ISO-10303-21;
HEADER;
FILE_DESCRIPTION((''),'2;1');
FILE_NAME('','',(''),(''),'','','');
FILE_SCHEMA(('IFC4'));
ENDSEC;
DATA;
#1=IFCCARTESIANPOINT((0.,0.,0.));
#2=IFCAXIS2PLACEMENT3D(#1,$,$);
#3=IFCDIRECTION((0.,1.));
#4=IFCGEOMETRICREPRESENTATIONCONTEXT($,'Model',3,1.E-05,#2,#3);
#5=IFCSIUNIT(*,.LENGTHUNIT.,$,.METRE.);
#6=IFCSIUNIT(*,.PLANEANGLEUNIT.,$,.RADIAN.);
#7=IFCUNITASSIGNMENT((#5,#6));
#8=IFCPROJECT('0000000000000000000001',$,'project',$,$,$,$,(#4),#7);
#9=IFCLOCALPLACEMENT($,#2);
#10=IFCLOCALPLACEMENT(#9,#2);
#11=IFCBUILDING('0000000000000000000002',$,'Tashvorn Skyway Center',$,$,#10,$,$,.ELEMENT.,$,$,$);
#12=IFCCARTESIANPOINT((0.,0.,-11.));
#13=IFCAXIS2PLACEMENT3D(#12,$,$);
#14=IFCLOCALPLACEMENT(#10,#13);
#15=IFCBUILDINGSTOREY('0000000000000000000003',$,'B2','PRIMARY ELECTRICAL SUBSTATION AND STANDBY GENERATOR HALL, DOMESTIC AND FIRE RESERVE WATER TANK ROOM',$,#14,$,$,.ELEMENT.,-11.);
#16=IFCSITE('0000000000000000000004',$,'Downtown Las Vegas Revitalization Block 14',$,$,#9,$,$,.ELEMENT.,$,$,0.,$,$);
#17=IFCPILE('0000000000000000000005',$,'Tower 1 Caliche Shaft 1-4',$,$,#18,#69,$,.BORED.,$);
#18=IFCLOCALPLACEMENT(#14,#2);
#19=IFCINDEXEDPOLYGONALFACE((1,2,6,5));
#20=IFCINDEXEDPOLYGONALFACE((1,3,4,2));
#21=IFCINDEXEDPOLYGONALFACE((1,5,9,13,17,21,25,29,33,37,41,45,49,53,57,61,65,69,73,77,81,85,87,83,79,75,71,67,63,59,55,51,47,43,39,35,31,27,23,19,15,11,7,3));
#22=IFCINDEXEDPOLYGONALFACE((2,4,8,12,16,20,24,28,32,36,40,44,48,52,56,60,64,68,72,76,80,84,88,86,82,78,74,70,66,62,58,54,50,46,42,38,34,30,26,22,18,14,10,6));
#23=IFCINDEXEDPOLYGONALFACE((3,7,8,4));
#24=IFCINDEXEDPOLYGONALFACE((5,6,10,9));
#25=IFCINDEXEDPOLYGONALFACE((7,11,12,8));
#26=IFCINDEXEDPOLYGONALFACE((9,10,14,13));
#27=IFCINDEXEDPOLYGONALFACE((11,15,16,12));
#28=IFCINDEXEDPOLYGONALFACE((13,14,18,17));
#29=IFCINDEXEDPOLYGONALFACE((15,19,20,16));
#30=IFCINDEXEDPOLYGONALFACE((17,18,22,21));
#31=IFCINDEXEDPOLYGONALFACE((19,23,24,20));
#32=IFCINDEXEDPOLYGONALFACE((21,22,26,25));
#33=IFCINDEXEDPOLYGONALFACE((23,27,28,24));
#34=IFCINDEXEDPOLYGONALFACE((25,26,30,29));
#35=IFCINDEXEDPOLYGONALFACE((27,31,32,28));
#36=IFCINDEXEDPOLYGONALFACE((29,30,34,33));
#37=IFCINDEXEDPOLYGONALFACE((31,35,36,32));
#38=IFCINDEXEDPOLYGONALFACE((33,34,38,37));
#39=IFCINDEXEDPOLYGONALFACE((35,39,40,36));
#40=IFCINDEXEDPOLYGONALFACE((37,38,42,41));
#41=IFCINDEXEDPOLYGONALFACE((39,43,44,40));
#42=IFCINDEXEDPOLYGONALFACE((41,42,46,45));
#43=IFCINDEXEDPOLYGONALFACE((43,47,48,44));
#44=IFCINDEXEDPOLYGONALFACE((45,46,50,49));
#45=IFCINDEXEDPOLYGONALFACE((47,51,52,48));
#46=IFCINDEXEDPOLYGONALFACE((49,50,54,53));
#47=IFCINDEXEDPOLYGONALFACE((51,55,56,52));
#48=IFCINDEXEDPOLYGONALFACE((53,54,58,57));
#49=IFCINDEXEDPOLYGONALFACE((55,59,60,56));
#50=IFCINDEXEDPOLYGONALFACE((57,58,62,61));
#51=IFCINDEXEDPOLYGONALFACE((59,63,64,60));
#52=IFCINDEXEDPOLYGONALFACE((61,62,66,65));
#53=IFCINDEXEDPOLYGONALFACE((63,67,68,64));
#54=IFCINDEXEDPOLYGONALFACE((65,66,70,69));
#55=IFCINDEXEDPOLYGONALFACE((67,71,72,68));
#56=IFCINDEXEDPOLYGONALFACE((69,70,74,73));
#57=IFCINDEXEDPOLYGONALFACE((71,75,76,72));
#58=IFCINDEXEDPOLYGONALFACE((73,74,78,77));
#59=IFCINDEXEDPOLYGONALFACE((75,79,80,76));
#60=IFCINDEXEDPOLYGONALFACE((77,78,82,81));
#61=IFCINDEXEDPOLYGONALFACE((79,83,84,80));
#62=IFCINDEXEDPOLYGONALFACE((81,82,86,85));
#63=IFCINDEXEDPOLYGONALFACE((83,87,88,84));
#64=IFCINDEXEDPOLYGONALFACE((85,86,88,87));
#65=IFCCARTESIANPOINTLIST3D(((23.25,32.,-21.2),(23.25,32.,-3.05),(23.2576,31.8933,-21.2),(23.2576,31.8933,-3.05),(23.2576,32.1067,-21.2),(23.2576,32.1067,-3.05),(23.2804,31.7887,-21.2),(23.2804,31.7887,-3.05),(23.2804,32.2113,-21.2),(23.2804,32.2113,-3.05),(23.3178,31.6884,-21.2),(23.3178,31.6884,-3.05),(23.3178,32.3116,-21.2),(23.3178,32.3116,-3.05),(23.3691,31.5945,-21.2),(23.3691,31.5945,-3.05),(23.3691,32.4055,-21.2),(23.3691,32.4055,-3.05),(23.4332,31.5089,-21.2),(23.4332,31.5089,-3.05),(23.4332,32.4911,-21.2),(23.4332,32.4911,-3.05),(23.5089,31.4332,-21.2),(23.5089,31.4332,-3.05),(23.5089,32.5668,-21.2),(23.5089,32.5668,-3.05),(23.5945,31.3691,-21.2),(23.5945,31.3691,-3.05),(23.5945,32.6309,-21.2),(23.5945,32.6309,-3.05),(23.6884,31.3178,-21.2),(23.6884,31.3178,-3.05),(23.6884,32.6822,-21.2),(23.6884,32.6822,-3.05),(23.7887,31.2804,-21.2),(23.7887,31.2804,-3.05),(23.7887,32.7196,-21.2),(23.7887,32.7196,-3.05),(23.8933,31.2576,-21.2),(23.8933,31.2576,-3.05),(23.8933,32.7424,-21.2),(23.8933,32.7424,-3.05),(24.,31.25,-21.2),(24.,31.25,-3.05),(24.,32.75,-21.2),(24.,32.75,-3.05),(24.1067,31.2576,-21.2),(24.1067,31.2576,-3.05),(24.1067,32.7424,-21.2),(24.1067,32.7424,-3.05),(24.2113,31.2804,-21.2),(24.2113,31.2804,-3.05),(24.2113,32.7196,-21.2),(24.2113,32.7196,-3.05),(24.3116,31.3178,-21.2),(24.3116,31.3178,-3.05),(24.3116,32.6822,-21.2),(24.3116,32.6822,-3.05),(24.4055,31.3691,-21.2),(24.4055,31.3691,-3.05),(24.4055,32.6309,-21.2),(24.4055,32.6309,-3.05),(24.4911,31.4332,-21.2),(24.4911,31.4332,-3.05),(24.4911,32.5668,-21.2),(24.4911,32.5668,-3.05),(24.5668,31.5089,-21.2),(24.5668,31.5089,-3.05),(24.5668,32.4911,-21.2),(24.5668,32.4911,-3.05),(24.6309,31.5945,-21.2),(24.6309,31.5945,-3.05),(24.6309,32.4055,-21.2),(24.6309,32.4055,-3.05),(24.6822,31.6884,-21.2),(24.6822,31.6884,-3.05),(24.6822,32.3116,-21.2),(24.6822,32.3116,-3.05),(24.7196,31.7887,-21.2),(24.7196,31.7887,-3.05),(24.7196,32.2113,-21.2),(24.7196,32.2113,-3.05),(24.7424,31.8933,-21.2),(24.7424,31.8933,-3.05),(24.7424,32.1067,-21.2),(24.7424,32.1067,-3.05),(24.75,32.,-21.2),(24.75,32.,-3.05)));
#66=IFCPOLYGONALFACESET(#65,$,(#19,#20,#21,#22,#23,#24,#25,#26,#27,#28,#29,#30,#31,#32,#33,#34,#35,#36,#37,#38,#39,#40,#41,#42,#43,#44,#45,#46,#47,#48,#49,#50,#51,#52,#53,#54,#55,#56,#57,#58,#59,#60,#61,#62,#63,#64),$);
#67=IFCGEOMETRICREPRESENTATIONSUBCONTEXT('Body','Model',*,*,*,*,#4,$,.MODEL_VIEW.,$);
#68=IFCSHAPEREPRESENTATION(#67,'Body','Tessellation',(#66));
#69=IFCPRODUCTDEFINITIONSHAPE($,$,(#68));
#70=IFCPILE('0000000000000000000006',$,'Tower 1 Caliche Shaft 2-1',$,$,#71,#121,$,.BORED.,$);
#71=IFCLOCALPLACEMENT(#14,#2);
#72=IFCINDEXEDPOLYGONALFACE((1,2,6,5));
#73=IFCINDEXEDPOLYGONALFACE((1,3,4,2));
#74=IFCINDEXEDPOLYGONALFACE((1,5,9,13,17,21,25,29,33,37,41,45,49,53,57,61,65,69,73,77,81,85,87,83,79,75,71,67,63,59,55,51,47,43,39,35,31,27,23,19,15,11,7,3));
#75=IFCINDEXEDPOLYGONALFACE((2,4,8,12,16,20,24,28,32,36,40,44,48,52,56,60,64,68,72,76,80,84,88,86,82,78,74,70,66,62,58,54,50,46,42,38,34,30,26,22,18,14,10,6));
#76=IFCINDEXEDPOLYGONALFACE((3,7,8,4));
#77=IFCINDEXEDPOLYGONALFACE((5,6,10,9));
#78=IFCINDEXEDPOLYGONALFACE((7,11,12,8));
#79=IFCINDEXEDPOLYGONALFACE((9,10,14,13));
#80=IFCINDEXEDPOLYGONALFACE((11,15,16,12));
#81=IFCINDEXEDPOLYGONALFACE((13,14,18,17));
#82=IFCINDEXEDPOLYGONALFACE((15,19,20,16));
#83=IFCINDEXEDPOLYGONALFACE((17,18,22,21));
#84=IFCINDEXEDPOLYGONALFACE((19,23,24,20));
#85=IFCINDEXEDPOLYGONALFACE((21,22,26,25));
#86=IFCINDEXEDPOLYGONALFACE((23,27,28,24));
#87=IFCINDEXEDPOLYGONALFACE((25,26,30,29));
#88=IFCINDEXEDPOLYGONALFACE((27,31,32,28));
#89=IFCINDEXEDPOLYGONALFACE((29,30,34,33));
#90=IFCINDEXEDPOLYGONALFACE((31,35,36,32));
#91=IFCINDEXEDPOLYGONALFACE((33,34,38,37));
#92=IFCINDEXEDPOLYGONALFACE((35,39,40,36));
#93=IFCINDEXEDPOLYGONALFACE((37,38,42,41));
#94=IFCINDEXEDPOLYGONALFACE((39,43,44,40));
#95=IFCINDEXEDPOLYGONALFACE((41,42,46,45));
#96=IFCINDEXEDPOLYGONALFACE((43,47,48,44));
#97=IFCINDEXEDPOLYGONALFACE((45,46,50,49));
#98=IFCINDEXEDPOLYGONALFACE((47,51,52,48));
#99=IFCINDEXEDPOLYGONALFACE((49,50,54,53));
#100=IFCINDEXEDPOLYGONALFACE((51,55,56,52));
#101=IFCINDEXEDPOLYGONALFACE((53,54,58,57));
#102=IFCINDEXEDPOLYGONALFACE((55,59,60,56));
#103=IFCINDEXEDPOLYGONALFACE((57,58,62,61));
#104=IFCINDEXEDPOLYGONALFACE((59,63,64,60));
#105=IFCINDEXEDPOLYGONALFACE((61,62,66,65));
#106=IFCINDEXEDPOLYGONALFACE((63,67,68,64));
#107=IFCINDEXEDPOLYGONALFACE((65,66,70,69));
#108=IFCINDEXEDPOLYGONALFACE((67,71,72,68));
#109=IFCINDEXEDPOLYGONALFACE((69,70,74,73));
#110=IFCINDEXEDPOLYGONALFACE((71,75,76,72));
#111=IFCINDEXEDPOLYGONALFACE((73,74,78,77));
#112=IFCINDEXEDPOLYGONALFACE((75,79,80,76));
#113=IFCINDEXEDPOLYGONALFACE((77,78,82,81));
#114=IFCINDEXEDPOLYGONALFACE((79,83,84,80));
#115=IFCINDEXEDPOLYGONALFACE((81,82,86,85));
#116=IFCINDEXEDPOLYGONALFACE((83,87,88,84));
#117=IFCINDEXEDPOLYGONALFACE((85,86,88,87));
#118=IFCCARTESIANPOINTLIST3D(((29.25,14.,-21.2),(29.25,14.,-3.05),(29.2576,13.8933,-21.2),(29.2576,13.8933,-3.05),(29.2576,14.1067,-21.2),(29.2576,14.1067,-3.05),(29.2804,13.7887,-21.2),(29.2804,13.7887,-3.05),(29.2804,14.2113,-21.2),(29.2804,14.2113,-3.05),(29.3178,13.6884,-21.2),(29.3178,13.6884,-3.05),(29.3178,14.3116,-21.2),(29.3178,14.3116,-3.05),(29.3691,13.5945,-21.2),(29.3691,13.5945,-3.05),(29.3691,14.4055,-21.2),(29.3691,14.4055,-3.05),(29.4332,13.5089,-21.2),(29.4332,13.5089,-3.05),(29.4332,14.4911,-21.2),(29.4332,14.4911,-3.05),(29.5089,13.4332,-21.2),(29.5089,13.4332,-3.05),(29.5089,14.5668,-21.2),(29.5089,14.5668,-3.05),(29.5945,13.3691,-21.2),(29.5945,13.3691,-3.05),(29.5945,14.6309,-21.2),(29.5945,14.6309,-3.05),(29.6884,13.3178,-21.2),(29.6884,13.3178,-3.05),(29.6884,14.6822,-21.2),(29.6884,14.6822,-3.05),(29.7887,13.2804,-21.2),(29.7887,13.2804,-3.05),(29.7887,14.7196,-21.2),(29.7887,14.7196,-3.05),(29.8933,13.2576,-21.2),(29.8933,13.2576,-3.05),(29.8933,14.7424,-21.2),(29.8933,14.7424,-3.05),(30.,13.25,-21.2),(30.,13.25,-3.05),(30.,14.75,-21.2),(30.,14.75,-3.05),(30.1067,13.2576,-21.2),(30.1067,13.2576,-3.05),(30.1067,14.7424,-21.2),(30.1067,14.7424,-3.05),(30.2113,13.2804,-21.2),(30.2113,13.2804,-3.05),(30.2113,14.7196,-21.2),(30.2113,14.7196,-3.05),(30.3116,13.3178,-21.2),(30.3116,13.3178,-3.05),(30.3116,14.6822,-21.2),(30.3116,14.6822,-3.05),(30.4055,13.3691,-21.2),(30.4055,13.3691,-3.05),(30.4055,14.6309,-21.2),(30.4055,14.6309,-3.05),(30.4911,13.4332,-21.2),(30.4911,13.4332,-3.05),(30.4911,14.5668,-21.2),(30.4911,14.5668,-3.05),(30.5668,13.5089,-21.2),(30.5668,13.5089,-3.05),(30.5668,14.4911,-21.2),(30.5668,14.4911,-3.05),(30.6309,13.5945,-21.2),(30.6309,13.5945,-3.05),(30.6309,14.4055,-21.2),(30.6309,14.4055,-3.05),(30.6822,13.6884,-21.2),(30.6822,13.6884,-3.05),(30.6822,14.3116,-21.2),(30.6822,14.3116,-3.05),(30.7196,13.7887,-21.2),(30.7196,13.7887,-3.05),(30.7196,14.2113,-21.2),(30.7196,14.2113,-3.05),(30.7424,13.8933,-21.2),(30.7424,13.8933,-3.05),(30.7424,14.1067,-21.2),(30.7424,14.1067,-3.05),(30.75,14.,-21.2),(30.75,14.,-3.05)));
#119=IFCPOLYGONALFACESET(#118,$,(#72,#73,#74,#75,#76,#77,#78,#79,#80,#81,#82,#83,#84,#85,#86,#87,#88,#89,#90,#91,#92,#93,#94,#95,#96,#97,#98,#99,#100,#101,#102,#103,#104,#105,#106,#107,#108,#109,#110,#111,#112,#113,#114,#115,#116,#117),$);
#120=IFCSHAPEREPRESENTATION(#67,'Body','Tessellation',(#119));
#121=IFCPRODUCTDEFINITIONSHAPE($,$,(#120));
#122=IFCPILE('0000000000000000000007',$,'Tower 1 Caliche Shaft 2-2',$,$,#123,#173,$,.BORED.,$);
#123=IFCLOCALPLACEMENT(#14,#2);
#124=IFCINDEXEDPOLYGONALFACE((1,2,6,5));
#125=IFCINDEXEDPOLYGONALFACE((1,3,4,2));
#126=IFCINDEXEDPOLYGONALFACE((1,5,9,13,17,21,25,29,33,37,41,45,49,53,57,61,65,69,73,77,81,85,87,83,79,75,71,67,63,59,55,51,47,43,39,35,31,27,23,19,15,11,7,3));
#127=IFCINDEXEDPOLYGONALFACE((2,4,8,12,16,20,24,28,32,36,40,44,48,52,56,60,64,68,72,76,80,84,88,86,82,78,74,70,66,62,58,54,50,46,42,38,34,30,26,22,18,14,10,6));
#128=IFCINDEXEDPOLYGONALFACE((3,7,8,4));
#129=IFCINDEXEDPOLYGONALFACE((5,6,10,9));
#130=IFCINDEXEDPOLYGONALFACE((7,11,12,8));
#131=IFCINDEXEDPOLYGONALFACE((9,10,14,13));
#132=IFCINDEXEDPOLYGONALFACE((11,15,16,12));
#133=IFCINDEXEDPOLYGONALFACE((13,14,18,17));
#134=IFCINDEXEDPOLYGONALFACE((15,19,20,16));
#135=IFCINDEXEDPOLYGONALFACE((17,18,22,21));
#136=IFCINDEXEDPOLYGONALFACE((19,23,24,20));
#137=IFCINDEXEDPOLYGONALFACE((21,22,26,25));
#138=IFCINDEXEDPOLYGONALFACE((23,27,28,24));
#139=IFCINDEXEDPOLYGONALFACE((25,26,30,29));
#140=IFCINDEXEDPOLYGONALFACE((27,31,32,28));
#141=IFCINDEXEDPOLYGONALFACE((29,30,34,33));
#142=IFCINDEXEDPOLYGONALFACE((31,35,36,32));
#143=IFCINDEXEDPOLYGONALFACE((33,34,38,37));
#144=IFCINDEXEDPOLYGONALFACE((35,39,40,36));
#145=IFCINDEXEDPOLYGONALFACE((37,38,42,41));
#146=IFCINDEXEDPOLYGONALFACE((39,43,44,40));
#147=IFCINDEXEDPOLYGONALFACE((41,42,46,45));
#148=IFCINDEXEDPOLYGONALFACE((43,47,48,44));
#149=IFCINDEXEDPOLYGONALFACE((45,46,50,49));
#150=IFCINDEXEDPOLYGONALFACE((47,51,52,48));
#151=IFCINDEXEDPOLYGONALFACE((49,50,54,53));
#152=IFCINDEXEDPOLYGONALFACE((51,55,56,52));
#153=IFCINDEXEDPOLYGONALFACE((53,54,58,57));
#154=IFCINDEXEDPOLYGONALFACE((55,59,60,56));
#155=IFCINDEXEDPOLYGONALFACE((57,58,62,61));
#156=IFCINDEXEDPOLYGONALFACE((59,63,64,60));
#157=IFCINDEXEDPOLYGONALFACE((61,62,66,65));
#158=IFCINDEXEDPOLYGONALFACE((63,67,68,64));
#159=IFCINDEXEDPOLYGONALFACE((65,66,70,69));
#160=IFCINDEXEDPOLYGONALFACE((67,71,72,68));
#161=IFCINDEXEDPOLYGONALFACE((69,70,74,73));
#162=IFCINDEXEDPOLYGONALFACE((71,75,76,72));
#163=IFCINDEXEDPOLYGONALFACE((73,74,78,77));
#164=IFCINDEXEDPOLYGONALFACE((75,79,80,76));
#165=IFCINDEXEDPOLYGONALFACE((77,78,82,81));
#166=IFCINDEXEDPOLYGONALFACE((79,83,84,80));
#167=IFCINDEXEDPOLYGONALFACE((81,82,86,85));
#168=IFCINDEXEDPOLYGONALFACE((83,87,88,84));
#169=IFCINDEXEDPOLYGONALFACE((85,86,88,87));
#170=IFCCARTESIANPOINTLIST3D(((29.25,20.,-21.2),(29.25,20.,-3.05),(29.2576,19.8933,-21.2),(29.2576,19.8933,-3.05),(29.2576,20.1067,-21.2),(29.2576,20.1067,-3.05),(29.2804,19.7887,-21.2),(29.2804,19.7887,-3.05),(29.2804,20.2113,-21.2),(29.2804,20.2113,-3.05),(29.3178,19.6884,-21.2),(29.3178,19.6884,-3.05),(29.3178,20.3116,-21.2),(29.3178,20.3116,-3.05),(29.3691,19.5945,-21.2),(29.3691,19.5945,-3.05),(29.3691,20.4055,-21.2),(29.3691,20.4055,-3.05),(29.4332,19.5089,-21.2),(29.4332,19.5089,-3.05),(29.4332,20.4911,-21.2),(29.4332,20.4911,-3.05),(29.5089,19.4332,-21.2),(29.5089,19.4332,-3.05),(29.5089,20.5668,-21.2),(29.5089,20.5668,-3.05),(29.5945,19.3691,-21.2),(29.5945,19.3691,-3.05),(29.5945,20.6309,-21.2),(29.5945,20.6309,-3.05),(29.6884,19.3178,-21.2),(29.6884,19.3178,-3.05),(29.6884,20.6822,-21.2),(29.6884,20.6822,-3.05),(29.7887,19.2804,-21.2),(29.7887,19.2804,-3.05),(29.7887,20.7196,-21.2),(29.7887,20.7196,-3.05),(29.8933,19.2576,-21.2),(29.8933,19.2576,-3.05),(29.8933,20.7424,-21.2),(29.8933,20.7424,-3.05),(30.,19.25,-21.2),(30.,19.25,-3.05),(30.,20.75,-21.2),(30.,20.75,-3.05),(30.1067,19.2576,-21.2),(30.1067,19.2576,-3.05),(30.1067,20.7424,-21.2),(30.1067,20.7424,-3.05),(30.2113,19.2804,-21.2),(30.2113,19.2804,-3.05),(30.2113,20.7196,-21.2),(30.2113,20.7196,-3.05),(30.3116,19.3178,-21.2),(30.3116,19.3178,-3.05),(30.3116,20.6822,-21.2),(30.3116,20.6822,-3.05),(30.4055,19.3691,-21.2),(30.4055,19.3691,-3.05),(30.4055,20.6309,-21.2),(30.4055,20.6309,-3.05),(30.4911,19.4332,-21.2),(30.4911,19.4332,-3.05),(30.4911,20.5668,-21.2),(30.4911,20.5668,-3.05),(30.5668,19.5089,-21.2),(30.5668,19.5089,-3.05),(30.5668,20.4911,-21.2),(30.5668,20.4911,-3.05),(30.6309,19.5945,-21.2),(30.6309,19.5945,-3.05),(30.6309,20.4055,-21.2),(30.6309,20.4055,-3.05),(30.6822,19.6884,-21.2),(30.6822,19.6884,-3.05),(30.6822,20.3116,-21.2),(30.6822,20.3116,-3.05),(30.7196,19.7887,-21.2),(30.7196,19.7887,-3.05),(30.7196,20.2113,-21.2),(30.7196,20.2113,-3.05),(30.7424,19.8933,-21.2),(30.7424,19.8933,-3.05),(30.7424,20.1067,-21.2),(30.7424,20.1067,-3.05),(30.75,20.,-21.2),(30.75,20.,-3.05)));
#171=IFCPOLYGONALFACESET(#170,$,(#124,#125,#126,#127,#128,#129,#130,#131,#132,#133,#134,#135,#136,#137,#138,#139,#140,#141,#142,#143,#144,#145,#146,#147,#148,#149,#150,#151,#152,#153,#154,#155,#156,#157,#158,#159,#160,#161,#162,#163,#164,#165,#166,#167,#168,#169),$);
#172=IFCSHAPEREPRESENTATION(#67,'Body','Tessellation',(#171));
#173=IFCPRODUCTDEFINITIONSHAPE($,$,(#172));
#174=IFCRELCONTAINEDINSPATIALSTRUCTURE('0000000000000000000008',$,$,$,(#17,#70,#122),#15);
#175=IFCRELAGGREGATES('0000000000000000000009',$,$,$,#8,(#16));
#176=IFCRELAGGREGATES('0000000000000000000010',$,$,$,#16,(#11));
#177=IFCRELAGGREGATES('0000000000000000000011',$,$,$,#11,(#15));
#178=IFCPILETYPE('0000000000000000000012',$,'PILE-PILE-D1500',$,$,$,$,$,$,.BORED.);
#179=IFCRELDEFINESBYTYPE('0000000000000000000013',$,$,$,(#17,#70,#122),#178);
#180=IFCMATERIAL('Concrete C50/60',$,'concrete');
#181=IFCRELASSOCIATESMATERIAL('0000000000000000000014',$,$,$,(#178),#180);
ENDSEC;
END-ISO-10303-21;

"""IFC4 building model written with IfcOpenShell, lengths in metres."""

from ifc_helpers import new_model, si_unit, direction, frame, origin, origin_2d, place, context, subcontext, project, spatial, circle, extrude, material, material_profile, profile_set, type_object, element, save


model = new_model("IFC4")

# Units and contexts
model_context = context("Model", 3, precision=1e-05, world=origin(), true_north=direction((0.0, 1.0)))
body_context = subcontext(model_context, "Body", "Model", "MODEL_VIEW")
ifc_project = project(units=[si_unit("LENGTHUNIT", "METRE"), si_unit("PLANEANGLEUNIT", "RADIAN")], contexts=[model_context])

# Site, building, storey
site_placement = place(None, origin())
site = spatial("IfcSite", under=ifc_project, at=site_placement, Name="Downtown Las Vegas Revitalization Block 14", CompositionType="ELEMENT", RefElevation=0.0)
building_placement = place(site_placement, origin())
building = spatial("IfcBuilding", under=site, at=building_placement, Name="Tashvorn Skyway Center", CompositionType="ELEMENT")
storey_placement = place(building_placement, frame((0.0, 0.0, -11.0)))
storey = spatial("IfcBuildingStorey", under=building, at=storey_placement, Name="B2", Description="PRIMARY ELECTRICAL SUBSTATION AND STANDBY GENERATOR HALL, DOMESTIC AND FIRE RESERVE WATER TANK ROOM", CompositionType="ELEMENT", Elevation=-11.0)

# Piles
ifc_material_1 = material(Name="Concrete C50/60", Category="concrete")
ifc_material_profile_1 = material_profile(ifc_material_1, circle(Radius=0.75, at=origin_2d()), Name="PILE-D1500")
ifc_profile_set_1 = profile_set([ifc_material_profile_1], Name="Concrete C50/60")
pile_type = type_object("IfcPileType", Name="PILE-PILE-D1500", PredefinedType="BORED", material=ifc_profile_set_1)
for number, where, z_axis, x_axis, name in (
    (1, (24.0, 32.0, -3.05), (0.0, 0.0, -1.0), (1.0, 0.0, 0.0), "Tower 1 Caliche Shaft 1-4"),
    (2, (30.0, 14.0, -3.05), (0.0, 0.0, -1.0), (1.0, 0.0, 0.0), "Tower 1 Caliche Shaft 2-1"),
    (3, (30.0, 20.0, -3.05), (0.0, 0.0, -1.0), (1.0, 0.0, 0.0), "Tower 1 Caliche Shaft 2-2"),
):
    element("IfcPile", number, at=place(storey_placement, frame(where, z_axis=z_axis, x_axis=x_axis)), inside=storey, type_object=pile_type, Name=name, PredefinedType="BORED", context=body_context, shape_type="SweptSolid", body=[
        extrude(circle(Radius=0.75, at=origin_2d()), origin(), (0.0, 0.0, 1.0), 18.1499),
    ])

save(model, "model.ifc")
